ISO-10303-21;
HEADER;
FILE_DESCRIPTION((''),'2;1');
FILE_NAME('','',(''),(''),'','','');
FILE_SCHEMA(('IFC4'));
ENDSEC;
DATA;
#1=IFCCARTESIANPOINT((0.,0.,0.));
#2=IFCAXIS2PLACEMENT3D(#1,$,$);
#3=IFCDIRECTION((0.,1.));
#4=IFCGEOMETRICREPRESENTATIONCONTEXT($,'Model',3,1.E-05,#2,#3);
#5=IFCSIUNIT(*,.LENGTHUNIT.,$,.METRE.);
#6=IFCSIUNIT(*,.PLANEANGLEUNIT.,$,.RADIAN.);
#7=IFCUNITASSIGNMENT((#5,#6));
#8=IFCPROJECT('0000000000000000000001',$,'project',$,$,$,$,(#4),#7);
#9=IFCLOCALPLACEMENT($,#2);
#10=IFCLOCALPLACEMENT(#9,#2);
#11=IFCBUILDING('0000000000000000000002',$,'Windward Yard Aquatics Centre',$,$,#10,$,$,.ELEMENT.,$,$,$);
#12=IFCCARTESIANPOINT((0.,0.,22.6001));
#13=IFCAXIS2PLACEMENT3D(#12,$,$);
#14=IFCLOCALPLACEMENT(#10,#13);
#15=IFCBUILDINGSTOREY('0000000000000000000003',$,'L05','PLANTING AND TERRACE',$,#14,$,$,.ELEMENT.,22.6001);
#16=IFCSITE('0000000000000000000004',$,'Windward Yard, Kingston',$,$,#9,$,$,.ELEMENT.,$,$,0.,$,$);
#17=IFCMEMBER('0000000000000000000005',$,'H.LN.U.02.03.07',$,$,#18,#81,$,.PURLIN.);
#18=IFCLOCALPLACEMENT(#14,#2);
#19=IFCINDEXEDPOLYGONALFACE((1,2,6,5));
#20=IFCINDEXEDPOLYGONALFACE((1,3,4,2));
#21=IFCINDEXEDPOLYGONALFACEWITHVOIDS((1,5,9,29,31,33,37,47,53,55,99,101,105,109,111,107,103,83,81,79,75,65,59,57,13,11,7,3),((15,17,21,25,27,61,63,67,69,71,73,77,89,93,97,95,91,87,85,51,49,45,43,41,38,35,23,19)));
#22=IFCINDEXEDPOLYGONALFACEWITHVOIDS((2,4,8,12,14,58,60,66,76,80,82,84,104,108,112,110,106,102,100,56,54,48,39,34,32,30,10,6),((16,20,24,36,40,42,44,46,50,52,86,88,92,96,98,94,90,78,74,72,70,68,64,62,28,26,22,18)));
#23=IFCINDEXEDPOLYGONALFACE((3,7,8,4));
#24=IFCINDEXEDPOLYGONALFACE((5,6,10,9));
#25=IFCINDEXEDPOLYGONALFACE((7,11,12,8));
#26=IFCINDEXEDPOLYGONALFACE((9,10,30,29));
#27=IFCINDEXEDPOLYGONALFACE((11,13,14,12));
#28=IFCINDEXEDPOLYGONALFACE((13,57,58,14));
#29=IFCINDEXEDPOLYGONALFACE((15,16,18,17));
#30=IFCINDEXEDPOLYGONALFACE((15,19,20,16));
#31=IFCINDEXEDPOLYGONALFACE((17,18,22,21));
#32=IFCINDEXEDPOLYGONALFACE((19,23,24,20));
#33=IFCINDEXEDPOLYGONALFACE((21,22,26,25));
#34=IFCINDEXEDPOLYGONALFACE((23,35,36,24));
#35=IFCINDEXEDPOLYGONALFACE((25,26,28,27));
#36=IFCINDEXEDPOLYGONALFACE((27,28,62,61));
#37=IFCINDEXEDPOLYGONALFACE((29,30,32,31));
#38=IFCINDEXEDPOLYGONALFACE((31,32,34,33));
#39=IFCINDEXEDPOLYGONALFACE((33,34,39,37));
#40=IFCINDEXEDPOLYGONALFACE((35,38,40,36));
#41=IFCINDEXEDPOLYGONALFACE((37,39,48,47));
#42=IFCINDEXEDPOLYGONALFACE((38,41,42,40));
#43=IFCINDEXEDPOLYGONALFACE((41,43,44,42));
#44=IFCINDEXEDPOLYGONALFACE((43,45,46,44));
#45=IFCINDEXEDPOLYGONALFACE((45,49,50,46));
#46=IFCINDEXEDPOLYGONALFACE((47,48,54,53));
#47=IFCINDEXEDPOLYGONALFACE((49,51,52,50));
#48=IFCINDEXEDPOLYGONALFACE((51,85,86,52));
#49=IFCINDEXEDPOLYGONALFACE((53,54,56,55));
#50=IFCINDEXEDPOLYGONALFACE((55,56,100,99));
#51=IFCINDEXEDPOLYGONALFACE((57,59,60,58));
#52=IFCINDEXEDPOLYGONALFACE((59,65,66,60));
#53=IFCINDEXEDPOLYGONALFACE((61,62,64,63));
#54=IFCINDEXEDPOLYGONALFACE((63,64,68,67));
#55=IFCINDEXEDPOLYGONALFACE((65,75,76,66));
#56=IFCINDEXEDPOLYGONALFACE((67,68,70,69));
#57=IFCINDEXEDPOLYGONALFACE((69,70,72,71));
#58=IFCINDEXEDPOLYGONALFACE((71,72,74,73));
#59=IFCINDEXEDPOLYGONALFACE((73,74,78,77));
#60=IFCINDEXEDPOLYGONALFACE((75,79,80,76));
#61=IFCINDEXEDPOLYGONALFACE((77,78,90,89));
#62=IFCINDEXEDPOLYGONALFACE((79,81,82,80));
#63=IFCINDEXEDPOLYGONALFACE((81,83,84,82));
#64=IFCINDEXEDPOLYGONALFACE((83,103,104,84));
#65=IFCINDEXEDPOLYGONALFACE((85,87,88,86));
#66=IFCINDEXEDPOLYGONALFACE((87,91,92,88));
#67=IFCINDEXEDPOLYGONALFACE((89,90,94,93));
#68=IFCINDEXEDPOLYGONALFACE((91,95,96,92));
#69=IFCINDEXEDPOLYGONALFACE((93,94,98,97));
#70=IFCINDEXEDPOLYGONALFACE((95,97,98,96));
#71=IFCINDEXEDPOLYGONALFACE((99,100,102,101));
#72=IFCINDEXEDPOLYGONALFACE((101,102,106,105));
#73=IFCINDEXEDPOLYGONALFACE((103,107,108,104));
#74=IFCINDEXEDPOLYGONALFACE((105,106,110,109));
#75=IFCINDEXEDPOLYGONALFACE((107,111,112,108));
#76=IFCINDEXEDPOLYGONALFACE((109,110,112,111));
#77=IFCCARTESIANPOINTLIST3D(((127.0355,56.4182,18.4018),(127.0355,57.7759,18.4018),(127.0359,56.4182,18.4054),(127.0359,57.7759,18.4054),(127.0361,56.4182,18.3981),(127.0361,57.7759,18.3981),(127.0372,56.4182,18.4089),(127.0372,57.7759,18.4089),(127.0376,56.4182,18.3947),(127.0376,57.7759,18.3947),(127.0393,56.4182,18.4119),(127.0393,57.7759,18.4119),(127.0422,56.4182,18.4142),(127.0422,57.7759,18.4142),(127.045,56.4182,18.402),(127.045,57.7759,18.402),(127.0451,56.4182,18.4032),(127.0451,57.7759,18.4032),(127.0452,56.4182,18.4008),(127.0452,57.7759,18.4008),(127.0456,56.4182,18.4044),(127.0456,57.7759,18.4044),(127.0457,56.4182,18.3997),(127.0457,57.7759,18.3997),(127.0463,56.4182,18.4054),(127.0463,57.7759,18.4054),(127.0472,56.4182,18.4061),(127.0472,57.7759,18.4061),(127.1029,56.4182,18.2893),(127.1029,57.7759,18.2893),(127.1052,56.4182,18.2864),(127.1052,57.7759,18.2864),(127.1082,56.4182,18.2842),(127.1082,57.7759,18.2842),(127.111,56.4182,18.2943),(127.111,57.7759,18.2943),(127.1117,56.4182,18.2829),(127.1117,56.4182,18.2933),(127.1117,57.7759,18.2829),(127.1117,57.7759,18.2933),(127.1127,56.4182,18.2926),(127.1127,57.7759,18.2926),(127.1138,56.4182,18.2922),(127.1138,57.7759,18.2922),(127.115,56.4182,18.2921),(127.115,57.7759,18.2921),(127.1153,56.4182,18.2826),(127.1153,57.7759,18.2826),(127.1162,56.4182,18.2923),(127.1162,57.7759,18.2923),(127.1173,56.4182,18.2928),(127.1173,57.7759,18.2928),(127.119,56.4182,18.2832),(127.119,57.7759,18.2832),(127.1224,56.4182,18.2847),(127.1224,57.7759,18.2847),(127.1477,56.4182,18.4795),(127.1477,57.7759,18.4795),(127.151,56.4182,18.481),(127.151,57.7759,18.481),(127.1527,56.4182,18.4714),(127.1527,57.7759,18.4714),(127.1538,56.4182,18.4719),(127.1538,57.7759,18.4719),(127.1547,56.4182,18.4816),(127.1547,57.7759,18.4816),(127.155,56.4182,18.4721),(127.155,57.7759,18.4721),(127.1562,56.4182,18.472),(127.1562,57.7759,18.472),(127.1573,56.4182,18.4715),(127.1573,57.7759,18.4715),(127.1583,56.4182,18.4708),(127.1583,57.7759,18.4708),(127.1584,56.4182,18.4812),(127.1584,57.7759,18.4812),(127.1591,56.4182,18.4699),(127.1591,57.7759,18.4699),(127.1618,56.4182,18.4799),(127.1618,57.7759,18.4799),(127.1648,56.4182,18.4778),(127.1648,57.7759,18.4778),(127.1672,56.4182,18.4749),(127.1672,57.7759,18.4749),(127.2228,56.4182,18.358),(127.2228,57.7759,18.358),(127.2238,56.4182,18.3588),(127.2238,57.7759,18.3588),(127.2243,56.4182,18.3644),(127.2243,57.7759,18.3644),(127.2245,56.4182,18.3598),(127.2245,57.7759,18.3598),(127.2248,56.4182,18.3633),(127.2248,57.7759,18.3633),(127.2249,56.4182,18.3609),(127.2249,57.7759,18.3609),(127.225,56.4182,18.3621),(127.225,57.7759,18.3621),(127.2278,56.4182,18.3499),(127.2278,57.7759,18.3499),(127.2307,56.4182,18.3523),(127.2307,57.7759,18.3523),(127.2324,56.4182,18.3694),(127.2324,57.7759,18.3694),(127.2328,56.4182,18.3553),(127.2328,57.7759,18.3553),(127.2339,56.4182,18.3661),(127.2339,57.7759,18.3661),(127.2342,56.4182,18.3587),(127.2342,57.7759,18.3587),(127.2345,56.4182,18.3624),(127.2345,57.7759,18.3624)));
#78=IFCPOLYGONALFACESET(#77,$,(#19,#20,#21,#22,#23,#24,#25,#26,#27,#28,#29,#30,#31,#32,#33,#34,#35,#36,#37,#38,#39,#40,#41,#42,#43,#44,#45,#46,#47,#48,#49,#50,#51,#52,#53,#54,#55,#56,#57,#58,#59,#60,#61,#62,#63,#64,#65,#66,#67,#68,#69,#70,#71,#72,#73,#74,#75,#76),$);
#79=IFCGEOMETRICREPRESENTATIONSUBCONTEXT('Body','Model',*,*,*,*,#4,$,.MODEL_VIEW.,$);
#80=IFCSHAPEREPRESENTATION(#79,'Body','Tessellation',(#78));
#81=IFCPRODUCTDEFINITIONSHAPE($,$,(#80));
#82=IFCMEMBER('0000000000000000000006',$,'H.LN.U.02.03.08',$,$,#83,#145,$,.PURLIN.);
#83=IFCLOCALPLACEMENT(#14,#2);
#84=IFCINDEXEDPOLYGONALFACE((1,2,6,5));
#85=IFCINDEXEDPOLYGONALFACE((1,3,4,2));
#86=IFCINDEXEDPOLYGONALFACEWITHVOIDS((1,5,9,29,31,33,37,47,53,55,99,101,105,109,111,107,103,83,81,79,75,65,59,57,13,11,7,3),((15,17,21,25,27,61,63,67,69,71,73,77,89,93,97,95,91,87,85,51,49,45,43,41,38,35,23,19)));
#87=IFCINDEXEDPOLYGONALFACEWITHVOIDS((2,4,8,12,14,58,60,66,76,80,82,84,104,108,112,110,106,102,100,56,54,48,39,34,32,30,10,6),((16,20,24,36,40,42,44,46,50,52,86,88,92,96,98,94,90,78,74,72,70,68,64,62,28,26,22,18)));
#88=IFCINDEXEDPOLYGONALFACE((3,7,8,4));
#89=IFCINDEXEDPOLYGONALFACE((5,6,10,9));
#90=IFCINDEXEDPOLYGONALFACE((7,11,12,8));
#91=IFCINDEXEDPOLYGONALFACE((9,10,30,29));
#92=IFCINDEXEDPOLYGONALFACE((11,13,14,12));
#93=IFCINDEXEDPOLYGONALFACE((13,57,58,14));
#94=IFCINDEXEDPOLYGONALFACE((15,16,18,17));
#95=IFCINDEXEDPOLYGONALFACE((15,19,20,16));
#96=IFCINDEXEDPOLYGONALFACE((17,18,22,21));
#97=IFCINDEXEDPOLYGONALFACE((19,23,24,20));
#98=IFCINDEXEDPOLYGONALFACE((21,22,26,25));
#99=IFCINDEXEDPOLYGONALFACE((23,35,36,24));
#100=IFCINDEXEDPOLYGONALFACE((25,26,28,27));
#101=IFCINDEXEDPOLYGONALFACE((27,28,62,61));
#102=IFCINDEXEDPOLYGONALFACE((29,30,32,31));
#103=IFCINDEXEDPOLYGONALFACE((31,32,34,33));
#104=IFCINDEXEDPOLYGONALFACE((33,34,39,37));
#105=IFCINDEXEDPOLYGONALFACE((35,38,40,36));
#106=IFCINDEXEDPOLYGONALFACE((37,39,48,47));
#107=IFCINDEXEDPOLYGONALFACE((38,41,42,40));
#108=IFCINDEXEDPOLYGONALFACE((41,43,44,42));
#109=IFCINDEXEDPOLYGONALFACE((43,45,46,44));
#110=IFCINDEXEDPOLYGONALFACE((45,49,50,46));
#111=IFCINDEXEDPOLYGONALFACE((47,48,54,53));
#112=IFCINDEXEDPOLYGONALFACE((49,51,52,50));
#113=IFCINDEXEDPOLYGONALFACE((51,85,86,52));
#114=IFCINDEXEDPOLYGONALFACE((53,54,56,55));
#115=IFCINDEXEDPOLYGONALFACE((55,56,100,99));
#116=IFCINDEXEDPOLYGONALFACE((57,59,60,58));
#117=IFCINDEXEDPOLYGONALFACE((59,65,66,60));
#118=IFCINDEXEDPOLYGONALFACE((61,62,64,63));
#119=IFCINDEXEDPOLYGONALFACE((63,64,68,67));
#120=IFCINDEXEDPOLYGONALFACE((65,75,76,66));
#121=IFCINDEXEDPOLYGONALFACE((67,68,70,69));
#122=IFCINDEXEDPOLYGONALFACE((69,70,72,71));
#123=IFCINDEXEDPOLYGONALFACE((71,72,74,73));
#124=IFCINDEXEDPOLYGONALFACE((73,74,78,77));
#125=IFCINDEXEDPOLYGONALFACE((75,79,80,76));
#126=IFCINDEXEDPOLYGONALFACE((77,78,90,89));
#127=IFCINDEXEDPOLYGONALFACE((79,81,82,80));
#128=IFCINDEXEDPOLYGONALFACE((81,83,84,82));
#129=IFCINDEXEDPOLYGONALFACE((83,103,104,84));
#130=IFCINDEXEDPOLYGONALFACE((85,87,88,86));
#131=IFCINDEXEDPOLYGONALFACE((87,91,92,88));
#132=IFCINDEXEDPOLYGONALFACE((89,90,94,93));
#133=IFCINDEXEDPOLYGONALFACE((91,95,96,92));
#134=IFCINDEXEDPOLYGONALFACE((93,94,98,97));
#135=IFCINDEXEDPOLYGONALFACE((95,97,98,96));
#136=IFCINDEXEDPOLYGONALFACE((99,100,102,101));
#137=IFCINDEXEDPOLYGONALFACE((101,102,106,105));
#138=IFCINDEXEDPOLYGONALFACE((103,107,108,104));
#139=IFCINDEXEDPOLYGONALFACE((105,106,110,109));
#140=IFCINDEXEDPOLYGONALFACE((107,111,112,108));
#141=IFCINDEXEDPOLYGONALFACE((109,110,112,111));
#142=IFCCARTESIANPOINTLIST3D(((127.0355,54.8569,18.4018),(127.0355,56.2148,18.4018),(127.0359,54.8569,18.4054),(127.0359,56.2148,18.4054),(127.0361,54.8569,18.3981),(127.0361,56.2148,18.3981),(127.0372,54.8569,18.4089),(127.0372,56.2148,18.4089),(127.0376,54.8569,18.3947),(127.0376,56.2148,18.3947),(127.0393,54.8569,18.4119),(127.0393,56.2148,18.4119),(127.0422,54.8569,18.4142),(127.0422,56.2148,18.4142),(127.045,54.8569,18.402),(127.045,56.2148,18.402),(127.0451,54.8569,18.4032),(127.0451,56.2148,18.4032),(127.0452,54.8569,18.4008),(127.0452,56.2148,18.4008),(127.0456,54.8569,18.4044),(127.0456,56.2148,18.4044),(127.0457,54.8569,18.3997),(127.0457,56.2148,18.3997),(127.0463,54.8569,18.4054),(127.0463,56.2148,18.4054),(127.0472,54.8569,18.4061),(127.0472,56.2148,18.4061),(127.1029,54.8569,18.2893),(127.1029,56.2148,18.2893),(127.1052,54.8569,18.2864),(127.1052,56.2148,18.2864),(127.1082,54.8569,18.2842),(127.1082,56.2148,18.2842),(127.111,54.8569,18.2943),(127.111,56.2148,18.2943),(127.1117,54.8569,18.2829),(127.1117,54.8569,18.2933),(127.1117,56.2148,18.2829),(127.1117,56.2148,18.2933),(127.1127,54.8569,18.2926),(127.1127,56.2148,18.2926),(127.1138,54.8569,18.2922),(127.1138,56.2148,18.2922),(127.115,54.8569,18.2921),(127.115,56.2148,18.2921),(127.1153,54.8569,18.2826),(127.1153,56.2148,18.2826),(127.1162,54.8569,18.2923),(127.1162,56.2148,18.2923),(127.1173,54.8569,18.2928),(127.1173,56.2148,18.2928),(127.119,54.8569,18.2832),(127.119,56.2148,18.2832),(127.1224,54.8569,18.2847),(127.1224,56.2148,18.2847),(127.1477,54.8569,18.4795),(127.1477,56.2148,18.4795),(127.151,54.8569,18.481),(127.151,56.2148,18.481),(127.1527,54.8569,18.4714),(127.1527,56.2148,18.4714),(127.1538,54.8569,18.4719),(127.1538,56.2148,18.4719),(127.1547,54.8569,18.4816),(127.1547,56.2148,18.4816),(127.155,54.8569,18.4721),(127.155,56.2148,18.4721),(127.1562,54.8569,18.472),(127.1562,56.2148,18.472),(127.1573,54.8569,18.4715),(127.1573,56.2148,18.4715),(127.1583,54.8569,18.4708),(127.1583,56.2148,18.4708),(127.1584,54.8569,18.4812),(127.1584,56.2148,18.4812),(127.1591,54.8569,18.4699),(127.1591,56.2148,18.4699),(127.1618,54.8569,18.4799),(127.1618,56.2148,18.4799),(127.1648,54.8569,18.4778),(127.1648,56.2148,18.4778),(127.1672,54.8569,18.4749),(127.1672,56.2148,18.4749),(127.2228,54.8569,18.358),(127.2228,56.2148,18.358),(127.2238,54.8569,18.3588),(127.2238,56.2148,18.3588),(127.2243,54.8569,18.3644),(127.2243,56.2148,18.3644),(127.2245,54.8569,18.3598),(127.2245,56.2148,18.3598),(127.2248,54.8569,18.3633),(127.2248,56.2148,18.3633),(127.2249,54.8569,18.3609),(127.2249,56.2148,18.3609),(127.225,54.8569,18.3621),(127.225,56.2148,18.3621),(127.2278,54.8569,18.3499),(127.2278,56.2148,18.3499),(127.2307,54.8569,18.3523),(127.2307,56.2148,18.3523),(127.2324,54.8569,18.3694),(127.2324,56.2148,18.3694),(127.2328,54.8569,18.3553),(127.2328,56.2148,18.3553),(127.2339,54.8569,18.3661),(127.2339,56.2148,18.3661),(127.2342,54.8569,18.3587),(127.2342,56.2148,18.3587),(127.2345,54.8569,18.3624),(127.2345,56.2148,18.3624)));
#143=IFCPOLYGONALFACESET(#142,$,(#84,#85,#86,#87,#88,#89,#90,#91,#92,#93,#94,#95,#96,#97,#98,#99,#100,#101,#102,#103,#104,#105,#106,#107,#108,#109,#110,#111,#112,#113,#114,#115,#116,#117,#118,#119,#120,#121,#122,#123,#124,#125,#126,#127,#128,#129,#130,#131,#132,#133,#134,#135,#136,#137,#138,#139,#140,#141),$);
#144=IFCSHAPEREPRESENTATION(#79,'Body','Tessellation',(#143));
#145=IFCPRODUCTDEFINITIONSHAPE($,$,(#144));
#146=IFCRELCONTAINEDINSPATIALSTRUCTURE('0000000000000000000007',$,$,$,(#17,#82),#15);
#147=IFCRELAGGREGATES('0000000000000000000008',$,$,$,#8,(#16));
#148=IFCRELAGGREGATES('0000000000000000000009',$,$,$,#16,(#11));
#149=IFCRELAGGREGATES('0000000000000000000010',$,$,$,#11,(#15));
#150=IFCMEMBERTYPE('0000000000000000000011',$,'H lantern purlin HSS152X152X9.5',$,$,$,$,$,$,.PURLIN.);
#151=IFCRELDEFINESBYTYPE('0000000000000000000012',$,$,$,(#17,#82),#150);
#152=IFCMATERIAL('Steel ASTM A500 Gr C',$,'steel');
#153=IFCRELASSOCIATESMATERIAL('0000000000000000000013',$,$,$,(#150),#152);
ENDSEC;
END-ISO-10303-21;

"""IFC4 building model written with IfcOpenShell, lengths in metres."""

from ifc_helpers import new_model, si_unit, direction, frame, origin, origin_2d, place, context, subcontext, project, spatial, hollow_rectangle, extrude, material, material_profile, profile_set, type_object, element, save


model = new_model("IFC4")

# Units and contexts
model_context = context("Model", 3, precision=1e-05, world=origin(), true_north=direction((0.0, 1.0)))
body_context = subcontext(model_context, "Body", "Model", "MODEL_VIEW")
ifc_project = project(units=[si_unit("LENGTHUNIT", "METRE"), si_unit("PLANEANGLEUNIT", "RADIAN")], contexts=[model_context])

# Site, building, storey
site_placement = place(None, origin())
site = spatial("IfcSite", under=ifc_project, at=site_placement, Name="Windward Yard, Kingston", CompositionType="ELEMENT", RefElevation=0.0)
building_placement = place(site_placement, origin())
building = spatial("IfcBuilding", under=site, at=building_placement, Name="Windward Yard Aquatics Centre", CompositionType="ELEMENT")
storey_placement = place(building_placement, frame((0.0, 0.0, 22.6001)))
storey = spatial("IfcBuildingStorey", under=building, at=storey_placement, Name="L05", Description="PLANTING AND TERRACE", CompositionType="ELEMENT", Elevation=22.6001)

# Members
ifc_material_1 = material(Name="Steel ASTM A500 Gr C", Category="steel")
ifc_material_profile = material_profile(ifc_material_1, hollow_rectangle(XDim=0.1523, YDim=0.1523, WallThickness=0.0095, InnerFilletRadius=0.0046, OuterFilletRadius=0.0142, at=origin_2d()), Name="HSS152X152X9.5")
ifc_profile_set = profile_set([ifc_material_profile], Name="Steel ASTM A500 Gr C")
member_type = type_object("IfcMemberType", Name="H lantern purlin HSS152X152X9.5", PredefinedType="PURLIN", material=ifc_profile_set)
member_1_placement = place(storey_placement, frame((127.135, 57.7759, 18.3821), z_axis=(0.0, -1.0, 0.0), x_axis=(0.526172, 0.0, -0.850378)))
element("IfcMember", 1, at=member_1_placement, inside=storey, type_object=member_type, Name="H.LN.U.02.03.07", PredefinedType="PURLIN", context=body_context, shape_type="SweptSolid", body=[
    extrude(hollow_rectangle(XDim=0.1523, YDim=0.1523, WallThickness=0.0095, InnerFilletRadius=0.0046, OuterFilletRadius=0.0142, at=origin_2d()), origin(), (0.0, 0.0, 1.0), 1.3577),
])
member_2_placement = place(storey_placement, frame((127.135, 56.2148, 18.3821), z_axis=(0.0, -1.0, 0.0), x_axis=(0.526172, 0.0, -0.850378)))
element("IfcMember", 2, at=member_2_placement, inside=storey, type_object=member_type, Name="H.LN.U.02.03.08", PredefinedType="PURLIN", context=body_context, shape_type="SweptSolid", body=[
    extrude(hollow_rectangle(XDim=0.1523, YDim=0.1523, WallThickness=0.0095, InnerFilletRadius=0.0046, OuterFilletRadius=0.0142, at=origin_2d()), origin(), (0.0, 0.0, 1.0), 1.3579),
])

save(model, "model.ifc")
